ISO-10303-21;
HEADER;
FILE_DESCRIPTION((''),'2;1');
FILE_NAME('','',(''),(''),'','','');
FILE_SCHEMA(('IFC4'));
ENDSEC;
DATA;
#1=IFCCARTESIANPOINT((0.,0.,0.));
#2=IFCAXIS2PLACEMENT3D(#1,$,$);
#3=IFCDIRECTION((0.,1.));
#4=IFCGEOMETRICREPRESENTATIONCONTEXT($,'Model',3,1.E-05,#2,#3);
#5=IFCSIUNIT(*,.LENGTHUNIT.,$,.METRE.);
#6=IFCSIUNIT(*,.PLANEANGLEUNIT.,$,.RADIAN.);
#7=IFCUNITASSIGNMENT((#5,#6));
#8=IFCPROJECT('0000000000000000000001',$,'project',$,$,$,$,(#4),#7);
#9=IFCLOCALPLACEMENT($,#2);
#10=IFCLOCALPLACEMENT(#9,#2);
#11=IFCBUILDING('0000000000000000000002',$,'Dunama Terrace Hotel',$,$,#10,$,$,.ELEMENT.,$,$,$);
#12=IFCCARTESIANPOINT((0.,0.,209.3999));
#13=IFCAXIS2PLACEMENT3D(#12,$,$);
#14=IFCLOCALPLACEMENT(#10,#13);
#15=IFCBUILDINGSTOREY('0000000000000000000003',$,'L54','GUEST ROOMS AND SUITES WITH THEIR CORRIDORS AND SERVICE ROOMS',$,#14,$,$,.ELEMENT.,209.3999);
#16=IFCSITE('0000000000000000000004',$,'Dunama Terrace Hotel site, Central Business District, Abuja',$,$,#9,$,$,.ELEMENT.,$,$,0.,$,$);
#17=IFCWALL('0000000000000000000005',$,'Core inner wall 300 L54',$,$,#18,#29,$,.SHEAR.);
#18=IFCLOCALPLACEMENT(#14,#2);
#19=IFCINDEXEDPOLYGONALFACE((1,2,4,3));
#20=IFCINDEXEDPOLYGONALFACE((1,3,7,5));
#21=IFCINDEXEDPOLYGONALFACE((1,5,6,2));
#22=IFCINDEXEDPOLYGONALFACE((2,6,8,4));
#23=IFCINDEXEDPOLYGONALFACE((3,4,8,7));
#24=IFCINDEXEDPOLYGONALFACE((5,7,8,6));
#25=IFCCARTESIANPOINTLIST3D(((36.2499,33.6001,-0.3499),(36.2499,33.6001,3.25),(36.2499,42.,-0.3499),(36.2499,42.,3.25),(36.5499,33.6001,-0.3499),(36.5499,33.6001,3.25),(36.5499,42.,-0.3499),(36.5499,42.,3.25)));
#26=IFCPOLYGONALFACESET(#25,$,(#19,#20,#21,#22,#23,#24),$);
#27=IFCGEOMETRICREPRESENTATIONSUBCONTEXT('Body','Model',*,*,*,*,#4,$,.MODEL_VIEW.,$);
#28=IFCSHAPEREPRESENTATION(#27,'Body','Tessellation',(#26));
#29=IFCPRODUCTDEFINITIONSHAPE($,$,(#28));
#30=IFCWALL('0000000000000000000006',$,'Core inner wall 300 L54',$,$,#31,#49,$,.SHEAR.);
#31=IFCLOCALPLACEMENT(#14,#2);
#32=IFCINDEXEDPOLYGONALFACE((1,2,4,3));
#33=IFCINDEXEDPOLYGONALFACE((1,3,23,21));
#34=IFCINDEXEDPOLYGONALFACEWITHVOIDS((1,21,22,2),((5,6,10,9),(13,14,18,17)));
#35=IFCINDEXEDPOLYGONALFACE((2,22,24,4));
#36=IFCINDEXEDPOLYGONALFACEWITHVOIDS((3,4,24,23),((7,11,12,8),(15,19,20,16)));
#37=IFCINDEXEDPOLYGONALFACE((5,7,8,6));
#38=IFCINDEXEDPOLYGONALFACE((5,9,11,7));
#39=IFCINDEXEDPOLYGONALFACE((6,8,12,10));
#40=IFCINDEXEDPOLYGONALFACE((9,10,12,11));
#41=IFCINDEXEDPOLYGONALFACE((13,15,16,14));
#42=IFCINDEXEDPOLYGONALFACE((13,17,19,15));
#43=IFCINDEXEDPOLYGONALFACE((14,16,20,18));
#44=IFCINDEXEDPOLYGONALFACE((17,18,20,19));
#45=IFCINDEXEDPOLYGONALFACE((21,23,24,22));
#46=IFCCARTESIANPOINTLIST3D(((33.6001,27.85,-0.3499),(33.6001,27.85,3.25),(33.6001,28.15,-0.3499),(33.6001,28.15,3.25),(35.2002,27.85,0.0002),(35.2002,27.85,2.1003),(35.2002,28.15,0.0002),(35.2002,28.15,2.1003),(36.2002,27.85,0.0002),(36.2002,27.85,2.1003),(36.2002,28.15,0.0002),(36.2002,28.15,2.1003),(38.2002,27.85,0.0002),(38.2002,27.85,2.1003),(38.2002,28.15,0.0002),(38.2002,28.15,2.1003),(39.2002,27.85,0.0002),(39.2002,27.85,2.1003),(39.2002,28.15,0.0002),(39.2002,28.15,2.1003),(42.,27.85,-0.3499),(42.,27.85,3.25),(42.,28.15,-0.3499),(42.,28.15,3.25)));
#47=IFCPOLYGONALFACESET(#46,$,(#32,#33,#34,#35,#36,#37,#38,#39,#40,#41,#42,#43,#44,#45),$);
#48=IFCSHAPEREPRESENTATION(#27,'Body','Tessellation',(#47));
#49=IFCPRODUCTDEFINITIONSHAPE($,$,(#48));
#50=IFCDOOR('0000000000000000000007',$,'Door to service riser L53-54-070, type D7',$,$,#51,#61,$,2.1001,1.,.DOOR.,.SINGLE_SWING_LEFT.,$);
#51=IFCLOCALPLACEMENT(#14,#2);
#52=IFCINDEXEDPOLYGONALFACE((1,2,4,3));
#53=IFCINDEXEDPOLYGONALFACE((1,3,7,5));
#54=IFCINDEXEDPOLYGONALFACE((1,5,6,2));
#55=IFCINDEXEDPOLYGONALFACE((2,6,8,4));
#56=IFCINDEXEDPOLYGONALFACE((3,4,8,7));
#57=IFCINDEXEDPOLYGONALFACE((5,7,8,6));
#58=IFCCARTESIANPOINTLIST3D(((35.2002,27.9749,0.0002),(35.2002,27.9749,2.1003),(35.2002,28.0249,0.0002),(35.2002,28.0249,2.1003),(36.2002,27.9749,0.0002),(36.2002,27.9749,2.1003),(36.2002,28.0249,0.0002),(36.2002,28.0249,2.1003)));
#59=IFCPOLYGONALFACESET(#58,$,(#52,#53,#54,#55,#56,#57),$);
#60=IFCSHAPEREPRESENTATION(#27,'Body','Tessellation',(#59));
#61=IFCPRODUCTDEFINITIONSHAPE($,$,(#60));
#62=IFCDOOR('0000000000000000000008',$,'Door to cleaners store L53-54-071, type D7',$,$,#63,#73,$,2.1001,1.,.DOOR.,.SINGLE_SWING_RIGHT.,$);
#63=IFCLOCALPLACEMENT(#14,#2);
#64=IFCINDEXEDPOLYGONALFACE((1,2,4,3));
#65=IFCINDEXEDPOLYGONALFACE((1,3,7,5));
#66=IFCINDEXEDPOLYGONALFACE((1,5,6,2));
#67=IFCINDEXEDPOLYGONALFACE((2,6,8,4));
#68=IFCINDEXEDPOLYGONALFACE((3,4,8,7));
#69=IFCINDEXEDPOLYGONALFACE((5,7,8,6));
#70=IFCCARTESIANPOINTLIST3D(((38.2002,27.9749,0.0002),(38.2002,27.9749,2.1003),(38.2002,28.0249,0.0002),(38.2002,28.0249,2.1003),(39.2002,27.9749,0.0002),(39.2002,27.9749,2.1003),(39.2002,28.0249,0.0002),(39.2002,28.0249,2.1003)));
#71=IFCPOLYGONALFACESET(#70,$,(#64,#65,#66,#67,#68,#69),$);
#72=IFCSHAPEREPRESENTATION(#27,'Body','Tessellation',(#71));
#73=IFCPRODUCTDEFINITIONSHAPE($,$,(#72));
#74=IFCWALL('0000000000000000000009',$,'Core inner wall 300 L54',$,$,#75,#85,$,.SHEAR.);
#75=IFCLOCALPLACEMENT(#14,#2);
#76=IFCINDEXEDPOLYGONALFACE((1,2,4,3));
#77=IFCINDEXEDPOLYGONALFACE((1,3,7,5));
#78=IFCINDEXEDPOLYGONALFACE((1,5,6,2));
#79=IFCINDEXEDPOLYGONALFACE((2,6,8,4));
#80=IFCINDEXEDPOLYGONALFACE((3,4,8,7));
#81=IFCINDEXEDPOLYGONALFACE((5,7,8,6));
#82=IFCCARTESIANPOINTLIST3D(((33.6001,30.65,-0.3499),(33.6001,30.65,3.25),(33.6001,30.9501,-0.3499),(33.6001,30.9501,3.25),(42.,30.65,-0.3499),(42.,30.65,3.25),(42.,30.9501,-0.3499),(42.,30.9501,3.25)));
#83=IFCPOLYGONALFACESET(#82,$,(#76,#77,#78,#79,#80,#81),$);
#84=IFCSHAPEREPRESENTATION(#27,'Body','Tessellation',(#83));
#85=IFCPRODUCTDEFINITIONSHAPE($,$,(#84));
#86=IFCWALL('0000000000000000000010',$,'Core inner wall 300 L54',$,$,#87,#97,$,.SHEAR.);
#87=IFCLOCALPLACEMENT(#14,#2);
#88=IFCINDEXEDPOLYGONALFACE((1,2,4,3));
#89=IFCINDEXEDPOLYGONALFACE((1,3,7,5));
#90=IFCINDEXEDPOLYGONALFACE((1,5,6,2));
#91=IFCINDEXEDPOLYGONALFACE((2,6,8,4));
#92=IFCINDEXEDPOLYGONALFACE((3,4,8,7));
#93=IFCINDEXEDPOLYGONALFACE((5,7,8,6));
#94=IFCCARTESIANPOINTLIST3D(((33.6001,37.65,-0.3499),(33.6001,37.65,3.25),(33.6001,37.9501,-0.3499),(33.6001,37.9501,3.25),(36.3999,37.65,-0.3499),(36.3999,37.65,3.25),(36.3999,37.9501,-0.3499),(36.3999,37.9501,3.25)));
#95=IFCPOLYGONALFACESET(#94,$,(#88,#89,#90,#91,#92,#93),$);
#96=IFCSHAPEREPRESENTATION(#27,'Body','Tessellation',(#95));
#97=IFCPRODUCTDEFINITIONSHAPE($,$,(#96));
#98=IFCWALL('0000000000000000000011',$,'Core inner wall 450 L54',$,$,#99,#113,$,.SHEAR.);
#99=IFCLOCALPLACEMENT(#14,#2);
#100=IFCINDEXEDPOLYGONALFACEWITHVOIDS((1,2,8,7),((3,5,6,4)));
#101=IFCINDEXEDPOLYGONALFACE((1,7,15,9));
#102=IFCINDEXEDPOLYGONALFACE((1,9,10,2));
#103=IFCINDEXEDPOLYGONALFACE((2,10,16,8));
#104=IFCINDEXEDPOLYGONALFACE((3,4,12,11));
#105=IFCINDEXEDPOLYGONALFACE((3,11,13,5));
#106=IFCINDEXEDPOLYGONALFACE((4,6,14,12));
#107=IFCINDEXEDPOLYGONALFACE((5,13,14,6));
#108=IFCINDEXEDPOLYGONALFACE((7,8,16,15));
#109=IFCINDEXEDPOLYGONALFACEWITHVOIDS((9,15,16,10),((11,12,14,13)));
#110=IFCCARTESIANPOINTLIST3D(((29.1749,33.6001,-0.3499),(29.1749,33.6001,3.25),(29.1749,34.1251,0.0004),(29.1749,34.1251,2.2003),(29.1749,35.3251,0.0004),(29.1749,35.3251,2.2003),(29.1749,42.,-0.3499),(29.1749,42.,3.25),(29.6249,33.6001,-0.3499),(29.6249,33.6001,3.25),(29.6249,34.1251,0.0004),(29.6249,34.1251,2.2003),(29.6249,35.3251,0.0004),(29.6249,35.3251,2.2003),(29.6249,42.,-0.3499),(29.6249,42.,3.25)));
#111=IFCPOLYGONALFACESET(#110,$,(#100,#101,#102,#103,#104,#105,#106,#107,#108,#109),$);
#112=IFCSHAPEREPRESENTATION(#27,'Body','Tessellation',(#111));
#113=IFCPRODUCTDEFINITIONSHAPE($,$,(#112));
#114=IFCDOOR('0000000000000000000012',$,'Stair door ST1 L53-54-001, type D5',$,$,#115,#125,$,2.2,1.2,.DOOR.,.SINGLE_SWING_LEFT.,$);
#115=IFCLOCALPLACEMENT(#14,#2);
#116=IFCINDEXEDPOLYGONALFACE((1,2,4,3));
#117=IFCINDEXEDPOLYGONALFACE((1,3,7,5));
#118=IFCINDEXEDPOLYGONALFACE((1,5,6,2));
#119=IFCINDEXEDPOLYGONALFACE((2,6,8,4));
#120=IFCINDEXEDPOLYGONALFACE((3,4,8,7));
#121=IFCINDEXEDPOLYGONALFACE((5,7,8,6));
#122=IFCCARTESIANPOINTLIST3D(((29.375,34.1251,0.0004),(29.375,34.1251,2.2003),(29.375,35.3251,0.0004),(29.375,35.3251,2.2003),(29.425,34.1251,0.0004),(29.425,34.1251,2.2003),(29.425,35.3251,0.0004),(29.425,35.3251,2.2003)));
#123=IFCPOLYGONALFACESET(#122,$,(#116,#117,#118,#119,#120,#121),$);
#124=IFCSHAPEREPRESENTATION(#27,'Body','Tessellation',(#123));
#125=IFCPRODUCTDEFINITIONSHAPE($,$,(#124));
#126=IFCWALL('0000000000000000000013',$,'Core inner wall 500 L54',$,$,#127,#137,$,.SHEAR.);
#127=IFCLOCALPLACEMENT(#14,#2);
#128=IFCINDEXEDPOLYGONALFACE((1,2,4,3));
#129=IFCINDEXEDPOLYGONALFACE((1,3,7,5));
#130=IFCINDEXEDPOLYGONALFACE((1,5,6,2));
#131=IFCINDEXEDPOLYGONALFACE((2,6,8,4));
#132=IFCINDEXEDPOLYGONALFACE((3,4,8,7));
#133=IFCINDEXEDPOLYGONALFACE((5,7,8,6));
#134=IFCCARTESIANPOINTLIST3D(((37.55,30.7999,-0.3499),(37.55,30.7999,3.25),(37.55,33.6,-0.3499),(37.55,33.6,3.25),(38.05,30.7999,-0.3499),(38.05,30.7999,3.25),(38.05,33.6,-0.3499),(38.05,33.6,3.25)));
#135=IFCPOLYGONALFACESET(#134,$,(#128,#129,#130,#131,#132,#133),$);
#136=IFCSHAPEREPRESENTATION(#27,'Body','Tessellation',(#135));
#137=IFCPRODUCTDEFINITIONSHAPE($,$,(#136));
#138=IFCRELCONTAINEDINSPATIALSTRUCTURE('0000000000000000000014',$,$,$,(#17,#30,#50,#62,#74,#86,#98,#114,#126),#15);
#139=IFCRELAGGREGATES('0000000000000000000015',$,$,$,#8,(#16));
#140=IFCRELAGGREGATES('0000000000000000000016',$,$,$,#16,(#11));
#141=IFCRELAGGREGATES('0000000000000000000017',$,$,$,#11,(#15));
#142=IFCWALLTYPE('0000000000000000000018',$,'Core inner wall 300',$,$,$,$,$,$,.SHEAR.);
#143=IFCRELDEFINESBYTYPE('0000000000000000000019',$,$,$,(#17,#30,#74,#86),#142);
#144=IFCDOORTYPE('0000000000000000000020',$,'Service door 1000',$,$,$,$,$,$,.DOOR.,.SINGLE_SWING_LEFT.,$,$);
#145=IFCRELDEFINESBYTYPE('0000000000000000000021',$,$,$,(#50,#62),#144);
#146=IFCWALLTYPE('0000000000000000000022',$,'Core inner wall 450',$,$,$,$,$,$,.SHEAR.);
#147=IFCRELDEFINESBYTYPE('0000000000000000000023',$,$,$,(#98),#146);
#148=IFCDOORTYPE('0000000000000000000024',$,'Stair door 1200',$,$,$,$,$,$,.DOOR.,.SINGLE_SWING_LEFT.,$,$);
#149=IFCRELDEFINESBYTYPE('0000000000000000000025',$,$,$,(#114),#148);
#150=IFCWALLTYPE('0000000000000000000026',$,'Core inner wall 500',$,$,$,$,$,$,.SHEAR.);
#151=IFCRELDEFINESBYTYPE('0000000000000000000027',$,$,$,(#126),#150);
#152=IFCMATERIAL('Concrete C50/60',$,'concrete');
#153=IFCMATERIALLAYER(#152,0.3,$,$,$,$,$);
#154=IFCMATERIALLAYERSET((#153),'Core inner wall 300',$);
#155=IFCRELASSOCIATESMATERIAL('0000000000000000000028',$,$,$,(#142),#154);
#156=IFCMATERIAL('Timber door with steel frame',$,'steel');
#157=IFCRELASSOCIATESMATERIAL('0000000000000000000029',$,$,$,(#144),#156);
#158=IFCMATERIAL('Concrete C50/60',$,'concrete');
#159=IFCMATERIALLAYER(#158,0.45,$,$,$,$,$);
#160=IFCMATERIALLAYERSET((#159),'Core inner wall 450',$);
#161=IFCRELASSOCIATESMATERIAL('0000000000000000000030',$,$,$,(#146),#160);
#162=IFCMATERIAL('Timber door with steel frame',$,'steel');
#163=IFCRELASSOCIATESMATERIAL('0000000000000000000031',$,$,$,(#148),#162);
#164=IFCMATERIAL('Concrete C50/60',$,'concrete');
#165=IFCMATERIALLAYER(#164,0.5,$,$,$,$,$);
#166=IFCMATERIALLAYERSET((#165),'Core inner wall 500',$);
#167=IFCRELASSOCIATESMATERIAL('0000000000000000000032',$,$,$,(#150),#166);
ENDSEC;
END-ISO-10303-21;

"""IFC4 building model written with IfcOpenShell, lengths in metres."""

from ifc_helpers import new_model, si_unit, direction, frame, frame_2d, origin, place, context, subcontext, project, spatial, rectangle, extrude, material, layer, layer_set, type_object, element, fill, save


model = new_model("IFC4")

# Units and contexts
model_context = context("Model", 3, precision=1e-05, world=origin(), true_north=direction((0.0, 1.0)))
body_context = subcontext(model_context, "Body", "Model", "MODEL_VIEW")
ifc_project = project(units=[si_unit("LENGTHUNIT", "METRE"), si_unit("PLANEANGLEUNIT", "RADIAN")], contexts=[model_context])

# Site, building, storey
site_placement = place(None, origin())
site = spatial("IfcSite", under=ifc_project, at=site_placement, Name="Dunama Terrace Hotel site, Central Business District, Abuja", CompositionType="ELEMENT", RefElevation=0.0)
building_placement = place(site_placement, origin())
building = spatial("IfcBuilding", under=site, at=building_placement, Name="Dunama Terrace Hotel", CompositionType="ELEMENT")
storey_placement = place(building_placement, frame((0.0, 0.0, 209.3999)))
storey = spatial("IfcBuildingStorey", under=building, at=storey_placement, Name="L54", Description="GUEST ROOMS AND SUITES WITH THEIR CORRIDORS AND SERVICE ROOMS", CompositionType="ELEMENT", Elevation=209.3999)

# Wall
ifc_material_1 = material(Name="Concrete C50/60", Category="concrete")
ifc_layer_1 = layer(ifc_material_1, 0.3)
ifc_layer_set_1 = layer_set([ifc_layer_1], Name="Core inner wall 300")
wall_type_1 = type_object("IfcWallType", Name="Core inner wall 300", PredefinedType="SHEAR", material=ifc_layer_set_1)
wall_1_placement = place(storey_placement, frame((36.3999, 33.6001, -0.3499), z_axis=(0.0, 0.0, 1.0), x_axis=(0.0, 1.0, 0.0)))
element("IfcWall", 1, at=wall_1_placement, inside=storey, type_object=wall_type_1, Name="Core inner wall 300 L54", PredefinedType="SHEAR", context=body_context, shape_type="SweptSolid", body=[
    extrude(rectangle(XDim=8.3999, YDim=0.3, at=frame_2d((4.2, 0.0))), origin(), (0.0, 0.0, 1.0), 3.5999),
])

# Wall, openings, doors
wall_2_placement = place(storey_placement, frame((33.6001, 28.0, -0.3499), z_axis=(0.0, 0.0, 1.0), x_axis=(1.0, 0.0, 0.0)))
wall_2 = element("IfcWall", 2, at=wall_2_placement, inside=storey, type_object=wall_type_1, Name="Core inner wall 300 L54", PredefinedType="SHEAR", context=body_context, shape_type="SweptSolid", body=[
    extrude(rectangle(XDim=8.3999, YDim=0.3, at=frame_2d((4.2, 0.0))), origin(), (0.0, 0.0, 1.0), 3.5999),
])
opening_1_placement = place(wall_2_placement, frame((1.6001, 0.0, 0.3501)))
opening_1 = element("IfcOpeningElement", 3, at=opening_1_placement, cuts=wall_2, PredefinedType="OPENING", context=body_context, shape_type="SweptSolid", body=[
    extrude(rectangle(XDim=1.0, YDim=2.1001, at=frame_2d((0.5, 1.05))), frame((0.0, 0.1599, 0.0), z_axis=(0.0, -1.0, 0.0), x_axis=(1.0, 0.0, 0.0)), (0.0, 0.0, 1.0), 0.3201),
])
opening_2_placement = place(wall_2_placement, frame((4.6001, 0.0, 0.3501)))
opening_2 = element("IfcOpeningElement", 4, at=opening_2_placement, cuts=wall_2, PredefinedType="OPENING", context=body_context, shape_type="SweptSolid", body=[
    extrude(rectangle(XDim=1.0, YDim=2.1001, at=frame_2d((0.5, 1.05))), frame((0.0, 0.1599, 0.0), z_axis=(0.0, -1.0, 0.0), x_axis=(1.0, 0.0, 0.0)), (0.0, 0.0, 1.0), 0.3201),
])
ifc_material_2 = material(Name="Timber door with steel frame", Category="steel")
door_type_1 = type_object("IfcDoorType", Name="Service door 1000", OperationType="SINGLE_SWING_LEFT", PredefinedType="DOOR", material=ifc_material_2)
door_1_placement = place(opening_1_placement, frame((1.0, 0.0, 0.0), z_axis=(0.0, 0.0, 1.0), x_axis=(-1.0, 0.0, 0.0)))
door_1 = element("IfcDoor", 5, at=door_1_placement, inside=storey, type_object=door_type_1, Name="Door to service riser L53-54-070, type D7", OperationType="SINGLE_SWING_LEFT", OverallHeight=2.1001, OverallWidth=1.0, PredefinedType="DOOR", context=body_context, shape_type="SweptSolid", body=[
    extrude(rectangle(XDim=1.0, YDim=2.1001, at=frame_2d((0.5, 1.05))), frame((0.0, 0.0251, 0.0), z_axis=(0.0, -1.0, 0.0), x_axis=(1.0, 0.0, 0.0)), (0.0, 0.0, 1.0), 0.05),
])
fill(opening_1, door_1)
door_2_placement = place(opening_2_placement, frame((1.0, 0.0, 0.0), z_axis=(0.0, 0.0, 1.0), x_axis=(-1.0, 0.0, 0.0)))
door_2 = element("IfcDoor", 6, at=door_2_placement, inside=storey, type_object=door_type_1, Name="Door to cleaners store L53-54-071, type D7", OperationType="SINGLE_SWING_RIGHT", OverallHeight=2.1001, OverallWidth=1.0, PredefinedType="DOOR", context=body_context, shape_type="SweptSolid", body=[
    extrude(rectangle(XDim=1.0, YDim=2.1001, at=frame_2d((0.5, 1.05))), frame((0.0, 0.0251, 0.0), z_axis=(0.0, -1.0, 0.0), x_axis=(1.0, 0.0, 0.0)), (0.0, 0.0, 1.0), 0.05),
])
fill(opening_2, door_2)

# Walls
wall_3_placement = place(storey_placement, frame((33.6001, 30.8, -0.3499), z_axis=(0.0, 0.0, 1.0), x_axis=(1.0, 0.0, 0.0)))
element("IfcWall", 7, at=wall_3_placement, inside=storey, type_object=wall_type_1, Name="Core inner wall 300 L54", PredefinedType="SHEAR", context=body_context, shape_type="SweptSolid", body=[
    extrude(rectangle(XDim=8.3999, YDim=0.3, at=frame_2d((4.2, 0.0))), origin(), (0.0, 0.0, 1.0), 3.5999),
])
wall_4_placement = place(storey_placement, frame((33.6001, 37.8, -0.3499), z_axis=(0.0, 0.0, 1.0), x_axis=(1.0, 0.0, 0.0)))
element("IfcWall", 8, at=wall_4_placement, inside=storey, type_object=wall_type_1, Name="Core inner wall 300 L54", PredefinedType="SHEAR", context=body_context, shape_type="SweptSolid", body=[
    extrude(rectangle(XDim=2.7998, YDim=0.3, at=frame_2d((1.3999, 0.0))), origin(), (0.0, 0.0, 1.0), 3.5999),
])

# Wall, opening, door
ifc_material_3 = material(Name="Concrete C50/60", Category="concrete")
ifc_layer_2 = layer(ifc_material_3, 0.45)
ifc_layer_set_2 = layer_set([ifc_layer_2], Name="Core inner wall 450")
wall_type_2 = type_object("IfcWallType", Name="Core inner wall 450", PredefinedType="SHEAR", material=ifc_layer_set_2)
wall_5_placement = place(storey_placement, frame((29.3999, 33.6001, -0.3499), z_axis=(0.0, 0.0, 1.0), x_axis=(0.0, 1.0, 0.0)))
wall_5 = element("IfcWall", 9, at=wall_5_placement, inside=storey, type_object=wall_type_2, Name="Core inner wall 450 L54", PredefinedType="SHEAR", context=body_context, shape_type="SweptSolid", body=[
    extrude(rectangle(XDim=8.3999, YDim=0.45, at=frame_2d((4.2, 0.0))), origin(), (0.0, 0.0, 1.0), 3.5999),
])
opening_3_placement = place(wall_5_placement, frame((0.5249, 0.0, 0.3501)))
opening_3 = element("IfcOpeningElement", 10, at=opening_3_placement, cuts=wall_5, PredefinedType="OPENING", context=body_context, shape_type="SweptSolid", body=[
    extrude(rectangle(XDim=1.2, YDim=2.2, at=frame_2d((0.6001, 1.1001))), frame((0.0, 0.2349, 0.0), z_axis=(0.0, -1.0, 0.0), x_axis=(1.0, 0.0, 0.0)), (0.0, 0.0, 1.0), 0.47),
])
ifc_material_4 = material(Name="Timber door with steel frame", Category="steel")
door_type_2 = type_object("IfcDoorType", Name="Stair door 1200", OperationType="SINGLE_SWING_LEFT", PredefinedType="DOOR", material=ifc_material_4)
door_3_placement = place(opening_3_placement, origin())
door_3 = element("IfcDoor", 11, at=door_3_placement, inside=storey, type_object=door_type_2, Name="Stair door ST1 L53-54-001, type D5", OperationType="SINGLE_SWING_LEFT", OverallHeight=2.2, OverallWidth=1.2, PredefinedType="DOOR", context=body_context, shape_type="SweptSolid", body=[
    extrude(rectangle(XDim=1.2, YDim=2.2, at=frame_2d((0.6001, 1.1001))), frame((0.0, 0.0249, 0.0), z_axis=(0.0, -1.0, 0.0), x_axis=(1.0, 0.0, 0.0)), (0.0, 0.0, 1.0), 0.05),
])
fill(opening_3, door_3)

# Wall
ifc_material_5 = material(Name="Concrete C50/60", Category="concrete")
ifc_layer_3 = layer(ifc_material_5, 0.5)
ifc_layer_set_3 = layer_set([ifc_layer_3], Name="Core inner wall 500")
wall_type_3 = type_object("IfcWallType", Name="Core inner wall 500", PredefinedType="SHEAR", material=ifc_layer_set_3)
wall_6_placement = place(storey_placement, frame((37.8, 30.8, -0.3499), z_axis=(0.0, 0.0, 1.0), x_axis=(0.0, 1.0, 0.0)))
element("IfcWall", 12, at=wall_6_placement, inside=storey, type_object=wall_type_3, Name="Core inner wall 500 L54", PredefinedType="SHEAR", context=body_context, shape_type="SweptSolid", body=[
    extrude(rectangle(XDim=2.8, YDim=0.5, at=frame_2d((1.3999, 0.0))), origin(), (0.0, 0.0, 1.0), 3.5999),
])

save(model, "model.ifc")
